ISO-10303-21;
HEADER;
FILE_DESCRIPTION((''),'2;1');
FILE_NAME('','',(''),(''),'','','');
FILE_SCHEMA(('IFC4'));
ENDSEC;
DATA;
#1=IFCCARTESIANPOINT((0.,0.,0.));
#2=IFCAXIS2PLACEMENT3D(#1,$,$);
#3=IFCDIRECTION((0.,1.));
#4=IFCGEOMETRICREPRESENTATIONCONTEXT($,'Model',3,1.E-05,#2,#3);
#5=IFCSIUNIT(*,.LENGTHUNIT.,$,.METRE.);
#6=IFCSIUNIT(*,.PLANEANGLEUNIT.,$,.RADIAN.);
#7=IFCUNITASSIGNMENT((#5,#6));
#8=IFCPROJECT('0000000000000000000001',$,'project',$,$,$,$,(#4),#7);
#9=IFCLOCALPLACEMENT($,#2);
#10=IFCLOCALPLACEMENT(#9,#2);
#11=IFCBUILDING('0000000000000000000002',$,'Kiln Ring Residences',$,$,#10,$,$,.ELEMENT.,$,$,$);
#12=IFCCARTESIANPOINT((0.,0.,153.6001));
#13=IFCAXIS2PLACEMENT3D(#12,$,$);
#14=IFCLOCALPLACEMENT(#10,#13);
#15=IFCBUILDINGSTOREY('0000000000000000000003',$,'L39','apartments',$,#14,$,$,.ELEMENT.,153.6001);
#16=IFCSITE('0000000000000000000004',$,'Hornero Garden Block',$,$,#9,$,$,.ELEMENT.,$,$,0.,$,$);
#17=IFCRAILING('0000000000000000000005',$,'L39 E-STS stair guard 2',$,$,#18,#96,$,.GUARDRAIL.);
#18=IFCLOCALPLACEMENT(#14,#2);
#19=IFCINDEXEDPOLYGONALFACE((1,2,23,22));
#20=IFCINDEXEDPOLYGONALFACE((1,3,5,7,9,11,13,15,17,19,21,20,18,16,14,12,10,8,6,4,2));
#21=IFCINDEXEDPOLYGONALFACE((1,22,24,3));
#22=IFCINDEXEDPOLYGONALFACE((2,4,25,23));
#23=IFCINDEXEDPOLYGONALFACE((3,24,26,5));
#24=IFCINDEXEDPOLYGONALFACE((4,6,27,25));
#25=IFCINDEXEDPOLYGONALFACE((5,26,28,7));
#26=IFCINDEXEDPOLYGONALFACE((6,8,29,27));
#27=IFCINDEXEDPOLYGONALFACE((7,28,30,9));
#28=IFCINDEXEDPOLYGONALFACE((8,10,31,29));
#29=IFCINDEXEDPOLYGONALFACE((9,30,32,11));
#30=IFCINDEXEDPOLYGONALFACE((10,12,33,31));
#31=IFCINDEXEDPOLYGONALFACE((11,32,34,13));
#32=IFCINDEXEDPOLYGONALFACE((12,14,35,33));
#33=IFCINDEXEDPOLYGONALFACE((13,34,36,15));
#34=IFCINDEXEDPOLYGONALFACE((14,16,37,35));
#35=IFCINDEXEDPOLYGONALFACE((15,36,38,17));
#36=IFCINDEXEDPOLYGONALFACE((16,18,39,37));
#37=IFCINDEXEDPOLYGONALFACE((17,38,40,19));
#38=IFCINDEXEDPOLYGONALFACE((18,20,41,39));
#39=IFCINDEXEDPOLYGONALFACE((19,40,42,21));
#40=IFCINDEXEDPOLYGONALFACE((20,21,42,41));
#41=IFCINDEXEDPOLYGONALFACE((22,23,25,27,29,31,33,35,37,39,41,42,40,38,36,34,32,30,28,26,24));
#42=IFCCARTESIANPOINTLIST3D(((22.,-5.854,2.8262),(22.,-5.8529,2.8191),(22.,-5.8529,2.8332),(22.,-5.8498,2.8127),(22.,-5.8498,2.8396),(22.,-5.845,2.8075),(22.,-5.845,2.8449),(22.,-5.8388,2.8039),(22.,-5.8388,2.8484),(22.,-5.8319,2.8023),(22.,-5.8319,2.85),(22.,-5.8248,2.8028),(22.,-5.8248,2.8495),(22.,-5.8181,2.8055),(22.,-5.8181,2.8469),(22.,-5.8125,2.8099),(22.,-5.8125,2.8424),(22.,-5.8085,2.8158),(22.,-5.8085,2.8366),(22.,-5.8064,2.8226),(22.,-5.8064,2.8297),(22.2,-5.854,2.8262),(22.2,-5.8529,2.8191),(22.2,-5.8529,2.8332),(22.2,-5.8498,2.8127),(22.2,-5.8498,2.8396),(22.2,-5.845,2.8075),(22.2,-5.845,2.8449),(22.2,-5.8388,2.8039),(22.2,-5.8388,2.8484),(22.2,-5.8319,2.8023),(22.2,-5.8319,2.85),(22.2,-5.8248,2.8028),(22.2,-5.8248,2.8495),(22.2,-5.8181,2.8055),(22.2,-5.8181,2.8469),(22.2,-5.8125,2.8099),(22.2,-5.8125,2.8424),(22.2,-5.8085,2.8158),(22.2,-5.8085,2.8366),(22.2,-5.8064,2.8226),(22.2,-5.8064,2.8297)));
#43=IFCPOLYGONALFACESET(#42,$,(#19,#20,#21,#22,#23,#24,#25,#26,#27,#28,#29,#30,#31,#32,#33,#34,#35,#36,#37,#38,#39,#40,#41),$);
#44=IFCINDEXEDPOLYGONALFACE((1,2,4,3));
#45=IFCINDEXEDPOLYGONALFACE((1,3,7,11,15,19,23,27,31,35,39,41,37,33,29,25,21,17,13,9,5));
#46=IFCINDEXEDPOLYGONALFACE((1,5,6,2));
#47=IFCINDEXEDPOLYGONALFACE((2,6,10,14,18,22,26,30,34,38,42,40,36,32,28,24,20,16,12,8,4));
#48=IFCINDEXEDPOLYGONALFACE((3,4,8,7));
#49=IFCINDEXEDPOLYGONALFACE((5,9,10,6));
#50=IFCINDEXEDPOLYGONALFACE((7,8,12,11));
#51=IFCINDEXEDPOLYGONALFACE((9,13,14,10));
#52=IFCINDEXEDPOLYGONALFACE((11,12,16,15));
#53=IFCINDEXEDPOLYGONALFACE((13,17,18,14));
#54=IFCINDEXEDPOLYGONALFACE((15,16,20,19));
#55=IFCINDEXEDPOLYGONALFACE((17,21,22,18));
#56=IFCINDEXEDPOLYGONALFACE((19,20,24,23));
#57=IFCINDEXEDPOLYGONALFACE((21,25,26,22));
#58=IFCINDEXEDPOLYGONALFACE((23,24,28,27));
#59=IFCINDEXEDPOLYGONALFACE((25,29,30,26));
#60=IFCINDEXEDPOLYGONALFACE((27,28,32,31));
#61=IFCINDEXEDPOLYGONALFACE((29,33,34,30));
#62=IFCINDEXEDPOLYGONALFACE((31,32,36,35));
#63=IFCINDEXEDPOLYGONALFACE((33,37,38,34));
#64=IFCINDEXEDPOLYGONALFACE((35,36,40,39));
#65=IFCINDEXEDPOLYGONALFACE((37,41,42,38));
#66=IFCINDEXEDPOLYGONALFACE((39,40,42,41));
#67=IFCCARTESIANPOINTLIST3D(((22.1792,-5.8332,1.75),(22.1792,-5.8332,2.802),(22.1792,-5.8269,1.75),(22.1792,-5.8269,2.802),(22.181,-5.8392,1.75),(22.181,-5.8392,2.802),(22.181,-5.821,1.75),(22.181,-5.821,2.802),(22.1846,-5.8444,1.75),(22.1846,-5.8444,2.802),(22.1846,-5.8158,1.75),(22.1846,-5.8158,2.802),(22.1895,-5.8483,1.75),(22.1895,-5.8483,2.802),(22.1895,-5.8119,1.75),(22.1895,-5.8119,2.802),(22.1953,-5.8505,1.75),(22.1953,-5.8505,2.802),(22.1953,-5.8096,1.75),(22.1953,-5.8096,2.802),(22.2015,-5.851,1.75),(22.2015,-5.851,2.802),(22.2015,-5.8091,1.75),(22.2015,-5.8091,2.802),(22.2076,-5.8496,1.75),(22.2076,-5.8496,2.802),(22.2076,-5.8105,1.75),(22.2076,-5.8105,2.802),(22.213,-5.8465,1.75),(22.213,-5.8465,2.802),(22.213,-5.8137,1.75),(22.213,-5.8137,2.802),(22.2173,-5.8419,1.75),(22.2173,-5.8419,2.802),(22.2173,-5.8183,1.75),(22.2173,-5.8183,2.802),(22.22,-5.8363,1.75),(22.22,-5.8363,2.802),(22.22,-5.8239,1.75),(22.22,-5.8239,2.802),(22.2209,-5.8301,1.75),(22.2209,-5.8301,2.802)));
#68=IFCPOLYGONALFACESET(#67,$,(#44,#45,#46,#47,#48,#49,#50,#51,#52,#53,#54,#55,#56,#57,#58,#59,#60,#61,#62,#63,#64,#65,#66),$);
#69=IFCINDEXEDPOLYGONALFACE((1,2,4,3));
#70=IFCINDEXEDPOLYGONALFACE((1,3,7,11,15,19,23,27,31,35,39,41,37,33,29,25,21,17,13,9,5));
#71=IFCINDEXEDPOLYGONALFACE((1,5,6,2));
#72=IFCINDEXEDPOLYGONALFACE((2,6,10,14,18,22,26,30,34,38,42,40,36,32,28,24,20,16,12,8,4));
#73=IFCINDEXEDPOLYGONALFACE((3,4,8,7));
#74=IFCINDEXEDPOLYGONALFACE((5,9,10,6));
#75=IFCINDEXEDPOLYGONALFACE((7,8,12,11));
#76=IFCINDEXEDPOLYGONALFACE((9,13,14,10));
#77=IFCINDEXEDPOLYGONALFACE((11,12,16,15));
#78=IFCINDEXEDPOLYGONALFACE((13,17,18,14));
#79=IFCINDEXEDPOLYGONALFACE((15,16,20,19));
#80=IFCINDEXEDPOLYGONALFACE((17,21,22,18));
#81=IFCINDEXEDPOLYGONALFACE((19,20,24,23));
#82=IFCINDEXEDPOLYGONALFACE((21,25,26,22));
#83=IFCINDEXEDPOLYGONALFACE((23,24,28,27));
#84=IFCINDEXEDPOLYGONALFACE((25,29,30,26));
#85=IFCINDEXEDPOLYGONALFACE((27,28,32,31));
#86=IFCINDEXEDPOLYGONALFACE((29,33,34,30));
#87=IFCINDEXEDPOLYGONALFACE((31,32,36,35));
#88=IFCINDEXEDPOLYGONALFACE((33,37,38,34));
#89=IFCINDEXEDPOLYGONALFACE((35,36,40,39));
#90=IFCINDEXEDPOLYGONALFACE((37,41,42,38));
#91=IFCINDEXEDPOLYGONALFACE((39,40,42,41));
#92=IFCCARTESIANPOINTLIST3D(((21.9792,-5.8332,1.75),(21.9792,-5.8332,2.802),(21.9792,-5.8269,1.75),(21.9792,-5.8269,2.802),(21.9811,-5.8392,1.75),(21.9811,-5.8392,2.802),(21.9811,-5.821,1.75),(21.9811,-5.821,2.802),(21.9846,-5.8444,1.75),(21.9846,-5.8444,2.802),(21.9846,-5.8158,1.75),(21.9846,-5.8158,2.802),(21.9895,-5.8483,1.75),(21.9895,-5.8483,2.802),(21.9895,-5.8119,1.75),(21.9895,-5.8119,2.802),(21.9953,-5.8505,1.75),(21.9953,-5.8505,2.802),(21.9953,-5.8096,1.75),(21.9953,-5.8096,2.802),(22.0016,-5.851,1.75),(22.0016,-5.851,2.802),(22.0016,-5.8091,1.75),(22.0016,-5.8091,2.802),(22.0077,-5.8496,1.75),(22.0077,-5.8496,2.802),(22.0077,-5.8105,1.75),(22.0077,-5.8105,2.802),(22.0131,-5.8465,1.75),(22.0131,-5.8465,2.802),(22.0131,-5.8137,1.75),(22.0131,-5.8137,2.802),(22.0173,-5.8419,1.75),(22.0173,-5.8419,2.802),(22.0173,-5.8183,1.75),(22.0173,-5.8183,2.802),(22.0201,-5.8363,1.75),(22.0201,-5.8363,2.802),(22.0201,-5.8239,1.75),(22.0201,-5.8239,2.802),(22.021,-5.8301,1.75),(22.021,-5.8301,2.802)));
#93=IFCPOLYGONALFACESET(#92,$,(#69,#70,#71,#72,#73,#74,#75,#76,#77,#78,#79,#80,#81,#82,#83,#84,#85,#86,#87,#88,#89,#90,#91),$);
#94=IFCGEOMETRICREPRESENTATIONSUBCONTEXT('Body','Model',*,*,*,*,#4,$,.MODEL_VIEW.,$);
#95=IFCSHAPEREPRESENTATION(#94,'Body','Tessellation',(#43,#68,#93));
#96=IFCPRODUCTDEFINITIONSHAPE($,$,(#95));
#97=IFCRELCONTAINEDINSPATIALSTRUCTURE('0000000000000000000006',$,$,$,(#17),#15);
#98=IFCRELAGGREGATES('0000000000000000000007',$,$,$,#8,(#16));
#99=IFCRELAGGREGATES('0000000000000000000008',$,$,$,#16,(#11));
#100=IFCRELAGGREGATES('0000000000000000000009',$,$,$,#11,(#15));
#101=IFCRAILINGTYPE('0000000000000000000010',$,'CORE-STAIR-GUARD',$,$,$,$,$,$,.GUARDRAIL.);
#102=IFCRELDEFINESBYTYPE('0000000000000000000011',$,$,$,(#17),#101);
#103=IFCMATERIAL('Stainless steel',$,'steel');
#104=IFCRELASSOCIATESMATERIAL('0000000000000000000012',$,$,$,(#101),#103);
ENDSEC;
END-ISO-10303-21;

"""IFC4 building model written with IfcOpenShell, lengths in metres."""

from ifc_helpers import new_model, si_unit, direction, frame, origin, origin_2d, place, context, subcontext, project, spatial, circle, extrude, material, type_object, element, save


model = new_model("IFC4")

# Units and contexts
model_context = context("Model", 3, precision=1e-05, world=origin(), true_north=direction((0.0, 1.0)))
body_context = subcontext(model_context, "Body", "Model", "MODEL_VIEW")
ifc_project = project(units=[si_unit("LENGTHUNIT", "METRE"), si_unit("PLANEANGLEUNIT", "RADIAN")], contexts=[model_context])

# Site, building, storey
site_placement = place(None, origin())
site = spatial("IfcSite", under=ifc_project, at=site_placement, Name="Hornero Garden Block", CompositionType="ELEMENT", RefElevation=0.0)
building_placement = place(site_placement, origin())
building = spatial("IfcBuilding", under=site, at=building_placement, Name="Kiln Ring Residences", CompositionType="ELEMENT")
storey_placement = place(building_placement, frame((0.0, 0.0, 153.6001)))
storey = spatial("IfcBuildingStorey", under=building, at=storey_placement, Name="L39", Description="apartments", CompositionType="ELEMENT", Elevation=153.6001)

# Railing
ifc_material_1 = material(Name="Stainless steel", Category="steel")
railing_type_1 = type_object("IfcRailingType", Name="CORE-STAIR-GUARD", PredefinedType="GUARDRAIL", material=ifc_material_1)
railing_1_placement = place(storey_placement, frame((22.2, -5.8301, 1.75)))
element("IfcRailing", 1, at=railing_1_placement, inside=storey, type_object=railing_type_1, Name="L39 E-STS stair guard 2", PredefinedType="GUARDRAIL", context=body_context, shape_type="SweptSolid", body=[
    extrude(circle(Radius=0.0239, at=origin_2d()), frame((0.0, 0.0, 1.0762), z_axis=(-1.0, 0.0, 0.0), x_axis=(0.0, -1.0, 0.0)), (0.0, 0.0, 1.0), 0.2),
    extrude(circle(Radius=0.021, at=origin_2d()), origin(), (0.0, 0.0, 1.0), 1.052),
    extrude(circle(Radius=0.021, at=origin_2d()), frame((-0.2, 0.0, 0.0)), (0.0, 0.0, 1.0), 1.052),
])

save(model, "model.ifc")
